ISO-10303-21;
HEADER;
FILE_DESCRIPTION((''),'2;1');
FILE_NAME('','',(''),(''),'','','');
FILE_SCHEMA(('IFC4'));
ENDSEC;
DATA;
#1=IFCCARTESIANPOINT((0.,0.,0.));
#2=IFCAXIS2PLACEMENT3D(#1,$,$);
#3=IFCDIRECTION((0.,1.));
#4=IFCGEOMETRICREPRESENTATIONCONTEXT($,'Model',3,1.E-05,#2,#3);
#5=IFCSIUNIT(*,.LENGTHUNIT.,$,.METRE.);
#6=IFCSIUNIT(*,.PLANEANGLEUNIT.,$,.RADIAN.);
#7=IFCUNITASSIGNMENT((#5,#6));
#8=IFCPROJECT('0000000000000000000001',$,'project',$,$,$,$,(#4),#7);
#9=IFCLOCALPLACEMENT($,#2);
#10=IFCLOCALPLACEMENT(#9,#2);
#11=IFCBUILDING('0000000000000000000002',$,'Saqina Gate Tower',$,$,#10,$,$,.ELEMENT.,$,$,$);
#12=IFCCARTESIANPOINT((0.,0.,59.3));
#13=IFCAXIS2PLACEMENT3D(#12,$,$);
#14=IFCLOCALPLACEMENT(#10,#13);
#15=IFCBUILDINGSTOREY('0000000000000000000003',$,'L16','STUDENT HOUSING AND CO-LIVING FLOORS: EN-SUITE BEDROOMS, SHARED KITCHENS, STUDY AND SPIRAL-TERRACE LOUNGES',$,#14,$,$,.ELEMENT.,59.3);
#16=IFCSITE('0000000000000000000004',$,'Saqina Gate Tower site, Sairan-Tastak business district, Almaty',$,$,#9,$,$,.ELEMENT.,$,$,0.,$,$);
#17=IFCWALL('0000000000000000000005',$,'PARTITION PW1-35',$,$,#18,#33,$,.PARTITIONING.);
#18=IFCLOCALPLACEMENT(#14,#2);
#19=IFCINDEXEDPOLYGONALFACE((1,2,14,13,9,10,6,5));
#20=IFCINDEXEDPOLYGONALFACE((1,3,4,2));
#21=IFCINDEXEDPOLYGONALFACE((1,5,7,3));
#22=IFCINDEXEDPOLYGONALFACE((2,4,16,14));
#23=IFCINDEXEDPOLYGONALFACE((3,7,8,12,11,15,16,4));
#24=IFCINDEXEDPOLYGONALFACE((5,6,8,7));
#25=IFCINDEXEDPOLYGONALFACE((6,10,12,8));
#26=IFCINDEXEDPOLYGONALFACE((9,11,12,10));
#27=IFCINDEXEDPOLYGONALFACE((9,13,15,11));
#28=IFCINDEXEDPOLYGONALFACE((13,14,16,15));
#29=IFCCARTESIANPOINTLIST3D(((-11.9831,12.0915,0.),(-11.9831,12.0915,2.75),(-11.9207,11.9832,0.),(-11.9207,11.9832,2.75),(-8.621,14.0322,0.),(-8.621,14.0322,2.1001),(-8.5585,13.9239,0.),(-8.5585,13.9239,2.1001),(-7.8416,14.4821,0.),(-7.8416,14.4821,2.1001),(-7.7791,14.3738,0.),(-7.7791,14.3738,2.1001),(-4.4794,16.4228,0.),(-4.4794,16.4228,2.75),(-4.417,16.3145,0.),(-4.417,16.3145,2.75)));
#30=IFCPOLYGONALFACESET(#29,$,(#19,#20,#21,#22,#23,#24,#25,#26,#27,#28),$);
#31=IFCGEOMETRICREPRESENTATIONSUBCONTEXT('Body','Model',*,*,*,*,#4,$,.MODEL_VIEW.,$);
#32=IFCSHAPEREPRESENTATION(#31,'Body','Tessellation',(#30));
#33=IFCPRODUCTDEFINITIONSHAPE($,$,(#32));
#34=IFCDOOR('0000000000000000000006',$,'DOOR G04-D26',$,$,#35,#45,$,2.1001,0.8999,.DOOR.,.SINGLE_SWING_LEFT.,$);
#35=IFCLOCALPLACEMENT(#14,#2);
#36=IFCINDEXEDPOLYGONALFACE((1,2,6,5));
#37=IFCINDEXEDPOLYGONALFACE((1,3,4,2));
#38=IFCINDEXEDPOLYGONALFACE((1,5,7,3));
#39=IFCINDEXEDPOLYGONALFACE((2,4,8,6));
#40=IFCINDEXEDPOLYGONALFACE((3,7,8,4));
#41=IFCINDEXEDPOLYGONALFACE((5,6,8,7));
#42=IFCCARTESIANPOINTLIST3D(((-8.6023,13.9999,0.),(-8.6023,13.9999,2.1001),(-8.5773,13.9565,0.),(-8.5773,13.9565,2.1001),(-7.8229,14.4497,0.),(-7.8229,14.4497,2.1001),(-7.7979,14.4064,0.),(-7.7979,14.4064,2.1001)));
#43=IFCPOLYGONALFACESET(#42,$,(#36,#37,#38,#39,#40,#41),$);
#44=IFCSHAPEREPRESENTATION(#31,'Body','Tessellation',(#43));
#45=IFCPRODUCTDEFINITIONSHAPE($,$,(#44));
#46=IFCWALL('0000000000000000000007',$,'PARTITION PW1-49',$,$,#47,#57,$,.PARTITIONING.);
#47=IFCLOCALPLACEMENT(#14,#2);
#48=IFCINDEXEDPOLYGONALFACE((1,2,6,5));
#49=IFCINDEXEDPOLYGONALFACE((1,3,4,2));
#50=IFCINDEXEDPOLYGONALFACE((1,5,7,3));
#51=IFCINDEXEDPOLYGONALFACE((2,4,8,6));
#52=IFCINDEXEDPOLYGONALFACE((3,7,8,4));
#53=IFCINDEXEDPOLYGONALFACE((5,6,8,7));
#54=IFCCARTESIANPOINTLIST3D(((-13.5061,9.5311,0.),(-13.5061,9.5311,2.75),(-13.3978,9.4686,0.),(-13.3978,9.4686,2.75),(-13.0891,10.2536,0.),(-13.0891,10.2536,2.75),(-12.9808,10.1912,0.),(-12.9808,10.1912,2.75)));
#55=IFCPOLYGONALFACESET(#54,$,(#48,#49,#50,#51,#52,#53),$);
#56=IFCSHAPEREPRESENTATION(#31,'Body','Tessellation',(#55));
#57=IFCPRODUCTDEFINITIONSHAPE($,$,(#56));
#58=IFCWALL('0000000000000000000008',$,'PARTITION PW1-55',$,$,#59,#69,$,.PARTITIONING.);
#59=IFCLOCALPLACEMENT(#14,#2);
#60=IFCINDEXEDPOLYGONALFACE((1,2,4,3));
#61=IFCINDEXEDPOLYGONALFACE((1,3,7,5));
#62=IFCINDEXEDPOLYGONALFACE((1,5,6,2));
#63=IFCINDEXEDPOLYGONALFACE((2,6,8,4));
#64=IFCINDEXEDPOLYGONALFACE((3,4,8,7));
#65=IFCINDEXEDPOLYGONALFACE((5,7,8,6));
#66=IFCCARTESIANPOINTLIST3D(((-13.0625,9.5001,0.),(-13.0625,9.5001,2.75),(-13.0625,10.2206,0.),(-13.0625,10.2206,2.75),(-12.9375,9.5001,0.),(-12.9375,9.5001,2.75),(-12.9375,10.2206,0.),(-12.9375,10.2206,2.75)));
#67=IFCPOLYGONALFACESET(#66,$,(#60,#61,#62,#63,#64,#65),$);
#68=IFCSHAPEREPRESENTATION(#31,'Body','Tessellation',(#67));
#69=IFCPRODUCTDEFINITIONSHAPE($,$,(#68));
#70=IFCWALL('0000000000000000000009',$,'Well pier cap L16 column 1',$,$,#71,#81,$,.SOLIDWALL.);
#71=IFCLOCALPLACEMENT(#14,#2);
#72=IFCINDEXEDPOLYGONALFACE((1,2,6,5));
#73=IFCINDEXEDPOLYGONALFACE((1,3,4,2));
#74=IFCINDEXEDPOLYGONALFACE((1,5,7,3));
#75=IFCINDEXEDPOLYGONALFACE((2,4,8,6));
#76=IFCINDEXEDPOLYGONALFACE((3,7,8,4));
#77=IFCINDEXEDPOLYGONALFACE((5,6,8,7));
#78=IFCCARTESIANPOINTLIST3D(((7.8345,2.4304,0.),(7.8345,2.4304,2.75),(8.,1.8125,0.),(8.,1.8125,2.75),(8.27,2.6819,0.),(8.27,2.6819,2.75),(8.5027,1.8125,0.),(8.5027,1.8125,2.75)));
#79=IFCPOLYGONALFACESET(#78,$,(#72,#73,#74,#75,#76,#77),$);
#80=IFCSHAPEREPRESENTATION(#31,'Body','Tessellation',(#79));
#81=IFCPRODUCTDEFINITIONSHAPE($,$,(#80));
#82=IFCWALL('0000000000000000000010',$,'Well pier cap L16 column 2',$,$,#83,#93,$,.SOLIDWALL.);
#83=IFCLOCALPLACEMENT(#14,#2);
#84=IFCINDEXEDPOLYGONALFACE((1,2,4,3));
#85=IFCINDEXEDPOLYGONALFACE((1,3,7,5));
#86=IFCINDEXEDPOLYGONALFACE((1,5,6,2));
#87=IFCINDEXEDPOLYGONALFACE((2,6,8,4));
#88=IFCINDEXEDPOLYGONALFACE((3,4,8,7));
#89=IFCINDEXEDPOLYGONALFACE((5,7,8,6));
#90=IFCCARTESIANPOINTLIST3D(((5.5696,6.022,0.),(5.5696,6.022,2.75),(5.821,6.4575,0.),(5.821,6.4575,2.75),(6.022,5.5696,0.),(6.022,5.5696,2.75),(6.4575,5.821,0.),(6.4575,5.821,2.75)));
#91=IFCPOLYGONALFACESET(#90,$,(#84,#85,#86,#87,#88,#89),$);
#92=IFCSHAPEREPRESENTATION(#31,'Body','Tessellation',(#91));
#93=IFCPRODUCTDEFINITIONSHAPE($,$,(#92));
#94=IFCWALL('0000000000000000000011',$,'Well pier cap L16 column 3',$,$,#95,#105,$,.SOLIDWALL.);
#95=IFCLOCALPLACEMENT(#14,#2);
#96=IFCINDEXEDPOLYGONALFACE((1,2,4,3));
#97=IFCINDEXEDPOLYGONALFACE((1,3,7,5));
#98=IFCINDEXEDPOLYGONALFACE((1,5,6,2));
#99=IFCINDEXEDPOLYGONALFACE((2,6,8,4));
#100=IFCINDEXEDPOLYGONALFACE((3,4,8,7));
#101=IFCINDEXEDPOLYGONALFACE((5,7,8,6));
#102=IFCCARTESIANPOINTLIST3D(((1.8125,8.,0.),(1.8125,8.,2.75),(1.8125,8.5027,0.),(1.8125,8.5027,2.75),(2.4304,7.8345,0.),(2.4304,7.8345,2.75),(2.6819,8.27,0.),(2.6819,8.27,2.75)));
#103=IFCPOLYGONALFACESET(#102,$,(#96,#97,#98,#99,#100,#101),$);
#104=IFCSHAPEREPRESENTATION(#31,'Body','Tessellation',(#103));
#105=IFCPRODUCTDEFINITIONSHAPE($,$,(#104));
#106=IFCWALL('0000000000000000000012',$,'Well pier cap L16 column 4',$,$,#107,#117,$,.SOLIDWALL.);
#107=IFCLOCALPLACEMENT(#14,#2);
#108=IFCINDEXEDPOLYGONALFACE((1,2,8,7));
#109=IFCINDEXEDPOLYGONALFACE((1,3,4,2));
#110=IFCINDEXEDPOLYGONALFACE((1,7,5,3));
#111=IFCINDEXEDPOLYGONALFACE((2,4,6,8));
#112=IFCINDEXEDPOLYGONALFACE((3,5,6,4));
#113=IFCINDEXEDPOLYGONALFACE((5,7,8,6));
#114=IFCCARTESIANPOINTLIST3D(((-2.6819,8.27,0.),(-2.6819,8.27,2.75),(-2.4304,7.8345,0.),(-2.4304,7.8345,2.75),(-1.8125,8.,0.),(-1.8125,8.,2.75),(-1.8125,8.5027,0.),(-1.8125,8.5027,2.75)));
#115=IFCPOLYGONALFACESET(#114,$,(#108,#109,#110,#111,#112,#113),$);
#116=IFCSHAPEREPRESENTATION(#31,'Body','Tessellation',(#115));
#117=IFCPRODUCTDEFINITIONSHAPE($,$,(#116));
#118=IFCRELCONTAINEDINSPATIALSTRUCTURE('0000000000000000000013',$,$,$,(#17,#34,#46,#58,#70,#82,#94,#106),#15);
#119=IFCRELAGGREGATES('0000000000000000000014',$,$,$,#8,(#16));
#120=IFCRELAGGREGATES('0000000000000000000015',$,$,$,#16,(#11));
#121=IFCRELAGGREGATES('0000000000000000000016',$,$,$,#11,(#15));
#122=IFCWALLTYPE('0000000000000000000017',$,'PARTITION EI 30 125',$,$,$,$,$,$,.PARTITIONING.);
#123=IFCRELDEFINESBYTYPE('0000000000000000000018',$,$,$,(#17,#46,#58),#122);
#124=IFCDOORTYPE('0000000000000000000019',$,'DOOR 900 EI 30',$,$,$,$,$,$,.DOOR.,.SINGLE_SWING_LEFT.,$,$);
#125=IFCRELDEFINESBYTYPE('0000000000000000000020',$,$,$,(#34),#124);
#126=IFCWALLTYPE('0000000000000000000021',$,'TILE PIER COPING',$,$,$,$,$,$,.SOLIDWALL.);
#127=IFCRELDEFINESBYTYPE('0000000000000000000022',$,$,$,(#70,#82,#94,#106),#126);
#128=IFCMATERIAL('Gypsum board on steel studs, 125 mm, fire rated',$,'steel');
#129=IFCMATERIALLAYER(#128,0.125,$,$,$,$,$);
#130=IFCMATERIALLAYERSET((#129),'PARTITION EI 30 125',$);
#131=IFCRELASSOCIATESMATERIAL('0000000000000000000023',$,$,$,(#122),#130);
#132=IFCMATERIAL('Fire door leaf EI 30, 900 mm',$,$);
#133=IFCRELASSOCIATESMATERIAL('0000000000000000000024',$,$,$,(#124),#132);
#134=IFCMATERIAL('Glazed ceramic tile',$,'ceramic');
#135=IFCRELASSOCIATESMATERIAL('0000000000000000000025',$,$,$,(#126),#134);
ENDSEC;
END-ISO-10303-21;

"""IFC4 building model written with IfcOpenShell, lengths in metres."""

from ifc_helpers import new_model, si_unit, direction, frame, frame_2d, origin, place, context, subcontext, project, spatial, polyline, rectangle, outline, extrude, material, layer, layer_set, type_object, element, fill, save


model = new_model("IFC4")

# Units and contexts
model_context = context("Model", 3, precision=1e-05, world=origin(), true_north=direction((0.0, 1.0)))
body_context = subcontext(model_context, "Body", "Model", "MODEL_VIEW")
ifc_project = project(units=[si_unit("LENGTHUNIT", "METRE"), si_unit("PLANEANGLEUNIT", "RADIAN")], contexts=[model_context])

# Site, building, storey
site_placement = place(None, origin())
site = spatial("IfcSite", under=ifc_project, at=site_placement, Name="Saqina Gate Tower site, Sairan-Tastak business district, Almaty", CompositionType="ELEMENT", RefElevation=0.0)
building_placement = place(site_placement, origin())
building = spatial("IfcBuilding", under=site, at=building_placement, Name="Saqina Gate Tower", CompositionType="ELEMENT")
storey_placement = place(building_placement, frame((0.0, 0.0, 59.3)))
storey = spatial("IfcBuildingStorey", under=building, at=storey_placement, Name="L16", Description="STUDENT HOUSING AND CO-LIVING FLOORS: EN-SUITE BEDROOMS, SHARED KITCHENS, STUDY AND SPIRAL-TERRACE LOUNGES", CompositionType="ELEMENT", Elevation=59.3)

# Shared definitions
ifc_material_1 = material(Name="Gypsum board on steel studs, 125 mm, fire rated", Category="steel")
ifc_layer_1 = layer(ifc_material_1, 0.125)
ifc_layer_set_1 = layer_set([ifc_layer_1], Name="PARTITION EI 30 125")
wall_type_1 = type_object("IfcWallType", Name="PARTITION EI 30 125", PredefinedType="PARTITIONING", material=ifc_layer_set_1)

# Wall, opening, door
wall_1_placement = place(storey_placement, frame((-11.9519, 12.0374, 0.0), z_axis=(0.0, 0.0, 1.0), x_axis=(0.866073, 0.499918, 0.0)))
wall_1 = element("IfcWall", 1, at=wall_1_placement, inside=storey, type_object=wall_type_1, Name="PARTITION PW1-35", PredefinedType="PARTITIONING", context=body_context, shape_type="SweptSolid", body=[
    extrude(rectangle(XDim=8.6641, YDim=0.125, at=frame_2d((4.332, 0.0))), origin(), (0.0, 0.0, 1.0), 2.75),
])
opening_1_placement = place(wall_1_placement, frame((3.8821, 0.0, 0.0)))
opening_1 = element("IfcOpeningElement", 2, at=opening_1_placement, cuts=wall_1, PredefinedType="OPENING", context=body_context, shape_type="SweptSolid", body=[
    extrude(rectangle(XDim=0.8999, YDim=2.1001, at=frame_2d((0.45, 1.05))), frame((0.0, 0.0745, 0.0), z_axis=(0.0, -1.0, 0.0), x_axis=(1.0, 0.0, 0.0)), (0.0, 0.0, 1.0), 0.1489),
])
ifc_material_2 = material(Name="Fire door leaf EI 30, 900 mm")
door_type_1 = type_object("IfcDoorType", Name="DOOR 900 EI 30", OperationType="SINGLE_SWING_LEFT", PredefinedType="DOOR", material=ifc_material_2)
door_1_placement = place(opening_1_placement, frame((0.8999, 0.0, 0.0), z_axis=(0.0, 0.0, 1.0), x_axis=(-1.0, 0.0, 0.0)))
door_1 = element("IfcDoor", 3, at=door_1_placement, inside=storey, type_object=door_type_1, Name="DOOR G04-D26", OperationType="SINGLE_SWING_LEFT", OverallHeight=2.1001, OverallWidth=0.8999, PredefinedType="DOOR", context=body_context, shape_type="SweptSolid", body=[
    extrude(rectangle(XDim=0.8999, YDim=2.1001, at=frame_2d((0.45, 1.05))), frame((0.0, 0.0249, 0.0), z_axis=(0.0, -1.0, 0.0), x_axis=(1.0, 0.0, 0.0)), (0.0, 0.0, 1.0), 0.05),
])
fill(opening_1, door_1)

# Walls
wall_2_placement = place(storey_placement, frame((-13.4519, 9.5, 0.0), z_axis=(0.0, 0.0, 1.0), x_axis=(0.499917, 0.866073, 0.0)))
element("IfcWall", 4, at=wall_2_placement, inside=storey, type_object=wall_type_1, Name="PARTITION PW1-49", PredefinedType="PARTITIONING", context=body_context, shape_type="SweptSolid", body=[
    extrude(rectangle(XDim=0.8342, YDim=0.125, at=frame_2d((0.417, 0.0))), origin(), (0.0, 0.0, 1.0), 2.75),
])
wall_3_placement = place(storey_placement, frame((-13.0, 9.5, 0.0), z_axis=(0.0, 0.0, 1.0), x_axis=(0.0, 1.0, 0.0)))
element("IfcWall", 5, at=wall_3_placement, inside=storey, type_object=wall_type_1, Name="PARTITION PW1-55", PredefinedType="PARTITIONING", context=body_context, shape_type="SweptSolid", body=[
    extrude(rectangle(XDim=0.7205, YDim=0.125, at=frame_2d((0.3604, 0.0))), origin(), (0.0, 0.0, 1.0), 2.75),
])
ifc_material_3 = material(Name="Glazed ceramic tile", Category="ceramic")
wall_type_2 = type_object("IfcWallType", Name="TILE PIER COPING", PredefinedType="SOLIDWALL", material=ifc_material_3)
wall_4_placement = place(storey_placement, origin())
element("IfcWall", 6, at=wall_4_placement, inside=storey, type_object=wall_type_2, Name="Well pier cap L16 column 1", PredefinedType="SOLIDWALL", context=body_context, shape_type="SweptSolid", body=[
    extrude(outline(polyline([(8.27, 2.6819), (7.8345, 2.4304), (8.0, 1.8125), (8.5027, 1.8125), (8.27, 2.6819)])), origin(), (0.0, 0.0, 1.0), 2.75),
])
wall_5_placement = place(storey_placement, origin())
element("IfcWall", 7, at=wall_5_placement, inside=storey, type_object=wall_type_2, Name="Well pier cap L16 column 2", PredefinedType="SOLIDWALL", context=body_context, shape_type="SweptSolid", body=[
    extrude(outline(polyline([(5.821, 6.4575), (5.5696, 6.022), (6.022, 5.5696), (6.4575, 5.821), (5.821, 6.4575)])), origin(), (0.0, 0.0, 1.0), 2.75),
])
wall_6_placement = place(storey_placement, origin())
element("IfcWall", 8, at=wall_6_placement, inside=storey, type_object=wall_type_2, Name="Well pier cap L16 column 3", PredefinedType="SOLIDWALL", context=body_context, shape_type="SweptSolid", body=[
    extrude(outline(polyline([(1.8125, 8.5027), (1.8125, 8.0), (2.4304, 7.8345), (2.6819, 8.27), (1.8125, 8.5027)])), origin(), (0.0, 0.0, 1.0), 2.75),
])
wall_7_placement = place(storey_placement, origin())
element("IfcWall", 9, at=wall_7_placement, inside=storey, type_object=wall_type_2, Name="Well pier cap L16 column 4", PredefinedType="SOLIDWALL", context=body_context, shape_type="SweptSolid", body=[
    extrude(outline(polyline([(-2.6819, 8.27), (-2.4304, 7.8345), (-1.8125, 8.0), (-1.8125, 8.5027), (-2.6819, 8.27)])), origin(), (0.0, 0.0, 1.0), 2.75),
])

save(model, "model.ifc")
